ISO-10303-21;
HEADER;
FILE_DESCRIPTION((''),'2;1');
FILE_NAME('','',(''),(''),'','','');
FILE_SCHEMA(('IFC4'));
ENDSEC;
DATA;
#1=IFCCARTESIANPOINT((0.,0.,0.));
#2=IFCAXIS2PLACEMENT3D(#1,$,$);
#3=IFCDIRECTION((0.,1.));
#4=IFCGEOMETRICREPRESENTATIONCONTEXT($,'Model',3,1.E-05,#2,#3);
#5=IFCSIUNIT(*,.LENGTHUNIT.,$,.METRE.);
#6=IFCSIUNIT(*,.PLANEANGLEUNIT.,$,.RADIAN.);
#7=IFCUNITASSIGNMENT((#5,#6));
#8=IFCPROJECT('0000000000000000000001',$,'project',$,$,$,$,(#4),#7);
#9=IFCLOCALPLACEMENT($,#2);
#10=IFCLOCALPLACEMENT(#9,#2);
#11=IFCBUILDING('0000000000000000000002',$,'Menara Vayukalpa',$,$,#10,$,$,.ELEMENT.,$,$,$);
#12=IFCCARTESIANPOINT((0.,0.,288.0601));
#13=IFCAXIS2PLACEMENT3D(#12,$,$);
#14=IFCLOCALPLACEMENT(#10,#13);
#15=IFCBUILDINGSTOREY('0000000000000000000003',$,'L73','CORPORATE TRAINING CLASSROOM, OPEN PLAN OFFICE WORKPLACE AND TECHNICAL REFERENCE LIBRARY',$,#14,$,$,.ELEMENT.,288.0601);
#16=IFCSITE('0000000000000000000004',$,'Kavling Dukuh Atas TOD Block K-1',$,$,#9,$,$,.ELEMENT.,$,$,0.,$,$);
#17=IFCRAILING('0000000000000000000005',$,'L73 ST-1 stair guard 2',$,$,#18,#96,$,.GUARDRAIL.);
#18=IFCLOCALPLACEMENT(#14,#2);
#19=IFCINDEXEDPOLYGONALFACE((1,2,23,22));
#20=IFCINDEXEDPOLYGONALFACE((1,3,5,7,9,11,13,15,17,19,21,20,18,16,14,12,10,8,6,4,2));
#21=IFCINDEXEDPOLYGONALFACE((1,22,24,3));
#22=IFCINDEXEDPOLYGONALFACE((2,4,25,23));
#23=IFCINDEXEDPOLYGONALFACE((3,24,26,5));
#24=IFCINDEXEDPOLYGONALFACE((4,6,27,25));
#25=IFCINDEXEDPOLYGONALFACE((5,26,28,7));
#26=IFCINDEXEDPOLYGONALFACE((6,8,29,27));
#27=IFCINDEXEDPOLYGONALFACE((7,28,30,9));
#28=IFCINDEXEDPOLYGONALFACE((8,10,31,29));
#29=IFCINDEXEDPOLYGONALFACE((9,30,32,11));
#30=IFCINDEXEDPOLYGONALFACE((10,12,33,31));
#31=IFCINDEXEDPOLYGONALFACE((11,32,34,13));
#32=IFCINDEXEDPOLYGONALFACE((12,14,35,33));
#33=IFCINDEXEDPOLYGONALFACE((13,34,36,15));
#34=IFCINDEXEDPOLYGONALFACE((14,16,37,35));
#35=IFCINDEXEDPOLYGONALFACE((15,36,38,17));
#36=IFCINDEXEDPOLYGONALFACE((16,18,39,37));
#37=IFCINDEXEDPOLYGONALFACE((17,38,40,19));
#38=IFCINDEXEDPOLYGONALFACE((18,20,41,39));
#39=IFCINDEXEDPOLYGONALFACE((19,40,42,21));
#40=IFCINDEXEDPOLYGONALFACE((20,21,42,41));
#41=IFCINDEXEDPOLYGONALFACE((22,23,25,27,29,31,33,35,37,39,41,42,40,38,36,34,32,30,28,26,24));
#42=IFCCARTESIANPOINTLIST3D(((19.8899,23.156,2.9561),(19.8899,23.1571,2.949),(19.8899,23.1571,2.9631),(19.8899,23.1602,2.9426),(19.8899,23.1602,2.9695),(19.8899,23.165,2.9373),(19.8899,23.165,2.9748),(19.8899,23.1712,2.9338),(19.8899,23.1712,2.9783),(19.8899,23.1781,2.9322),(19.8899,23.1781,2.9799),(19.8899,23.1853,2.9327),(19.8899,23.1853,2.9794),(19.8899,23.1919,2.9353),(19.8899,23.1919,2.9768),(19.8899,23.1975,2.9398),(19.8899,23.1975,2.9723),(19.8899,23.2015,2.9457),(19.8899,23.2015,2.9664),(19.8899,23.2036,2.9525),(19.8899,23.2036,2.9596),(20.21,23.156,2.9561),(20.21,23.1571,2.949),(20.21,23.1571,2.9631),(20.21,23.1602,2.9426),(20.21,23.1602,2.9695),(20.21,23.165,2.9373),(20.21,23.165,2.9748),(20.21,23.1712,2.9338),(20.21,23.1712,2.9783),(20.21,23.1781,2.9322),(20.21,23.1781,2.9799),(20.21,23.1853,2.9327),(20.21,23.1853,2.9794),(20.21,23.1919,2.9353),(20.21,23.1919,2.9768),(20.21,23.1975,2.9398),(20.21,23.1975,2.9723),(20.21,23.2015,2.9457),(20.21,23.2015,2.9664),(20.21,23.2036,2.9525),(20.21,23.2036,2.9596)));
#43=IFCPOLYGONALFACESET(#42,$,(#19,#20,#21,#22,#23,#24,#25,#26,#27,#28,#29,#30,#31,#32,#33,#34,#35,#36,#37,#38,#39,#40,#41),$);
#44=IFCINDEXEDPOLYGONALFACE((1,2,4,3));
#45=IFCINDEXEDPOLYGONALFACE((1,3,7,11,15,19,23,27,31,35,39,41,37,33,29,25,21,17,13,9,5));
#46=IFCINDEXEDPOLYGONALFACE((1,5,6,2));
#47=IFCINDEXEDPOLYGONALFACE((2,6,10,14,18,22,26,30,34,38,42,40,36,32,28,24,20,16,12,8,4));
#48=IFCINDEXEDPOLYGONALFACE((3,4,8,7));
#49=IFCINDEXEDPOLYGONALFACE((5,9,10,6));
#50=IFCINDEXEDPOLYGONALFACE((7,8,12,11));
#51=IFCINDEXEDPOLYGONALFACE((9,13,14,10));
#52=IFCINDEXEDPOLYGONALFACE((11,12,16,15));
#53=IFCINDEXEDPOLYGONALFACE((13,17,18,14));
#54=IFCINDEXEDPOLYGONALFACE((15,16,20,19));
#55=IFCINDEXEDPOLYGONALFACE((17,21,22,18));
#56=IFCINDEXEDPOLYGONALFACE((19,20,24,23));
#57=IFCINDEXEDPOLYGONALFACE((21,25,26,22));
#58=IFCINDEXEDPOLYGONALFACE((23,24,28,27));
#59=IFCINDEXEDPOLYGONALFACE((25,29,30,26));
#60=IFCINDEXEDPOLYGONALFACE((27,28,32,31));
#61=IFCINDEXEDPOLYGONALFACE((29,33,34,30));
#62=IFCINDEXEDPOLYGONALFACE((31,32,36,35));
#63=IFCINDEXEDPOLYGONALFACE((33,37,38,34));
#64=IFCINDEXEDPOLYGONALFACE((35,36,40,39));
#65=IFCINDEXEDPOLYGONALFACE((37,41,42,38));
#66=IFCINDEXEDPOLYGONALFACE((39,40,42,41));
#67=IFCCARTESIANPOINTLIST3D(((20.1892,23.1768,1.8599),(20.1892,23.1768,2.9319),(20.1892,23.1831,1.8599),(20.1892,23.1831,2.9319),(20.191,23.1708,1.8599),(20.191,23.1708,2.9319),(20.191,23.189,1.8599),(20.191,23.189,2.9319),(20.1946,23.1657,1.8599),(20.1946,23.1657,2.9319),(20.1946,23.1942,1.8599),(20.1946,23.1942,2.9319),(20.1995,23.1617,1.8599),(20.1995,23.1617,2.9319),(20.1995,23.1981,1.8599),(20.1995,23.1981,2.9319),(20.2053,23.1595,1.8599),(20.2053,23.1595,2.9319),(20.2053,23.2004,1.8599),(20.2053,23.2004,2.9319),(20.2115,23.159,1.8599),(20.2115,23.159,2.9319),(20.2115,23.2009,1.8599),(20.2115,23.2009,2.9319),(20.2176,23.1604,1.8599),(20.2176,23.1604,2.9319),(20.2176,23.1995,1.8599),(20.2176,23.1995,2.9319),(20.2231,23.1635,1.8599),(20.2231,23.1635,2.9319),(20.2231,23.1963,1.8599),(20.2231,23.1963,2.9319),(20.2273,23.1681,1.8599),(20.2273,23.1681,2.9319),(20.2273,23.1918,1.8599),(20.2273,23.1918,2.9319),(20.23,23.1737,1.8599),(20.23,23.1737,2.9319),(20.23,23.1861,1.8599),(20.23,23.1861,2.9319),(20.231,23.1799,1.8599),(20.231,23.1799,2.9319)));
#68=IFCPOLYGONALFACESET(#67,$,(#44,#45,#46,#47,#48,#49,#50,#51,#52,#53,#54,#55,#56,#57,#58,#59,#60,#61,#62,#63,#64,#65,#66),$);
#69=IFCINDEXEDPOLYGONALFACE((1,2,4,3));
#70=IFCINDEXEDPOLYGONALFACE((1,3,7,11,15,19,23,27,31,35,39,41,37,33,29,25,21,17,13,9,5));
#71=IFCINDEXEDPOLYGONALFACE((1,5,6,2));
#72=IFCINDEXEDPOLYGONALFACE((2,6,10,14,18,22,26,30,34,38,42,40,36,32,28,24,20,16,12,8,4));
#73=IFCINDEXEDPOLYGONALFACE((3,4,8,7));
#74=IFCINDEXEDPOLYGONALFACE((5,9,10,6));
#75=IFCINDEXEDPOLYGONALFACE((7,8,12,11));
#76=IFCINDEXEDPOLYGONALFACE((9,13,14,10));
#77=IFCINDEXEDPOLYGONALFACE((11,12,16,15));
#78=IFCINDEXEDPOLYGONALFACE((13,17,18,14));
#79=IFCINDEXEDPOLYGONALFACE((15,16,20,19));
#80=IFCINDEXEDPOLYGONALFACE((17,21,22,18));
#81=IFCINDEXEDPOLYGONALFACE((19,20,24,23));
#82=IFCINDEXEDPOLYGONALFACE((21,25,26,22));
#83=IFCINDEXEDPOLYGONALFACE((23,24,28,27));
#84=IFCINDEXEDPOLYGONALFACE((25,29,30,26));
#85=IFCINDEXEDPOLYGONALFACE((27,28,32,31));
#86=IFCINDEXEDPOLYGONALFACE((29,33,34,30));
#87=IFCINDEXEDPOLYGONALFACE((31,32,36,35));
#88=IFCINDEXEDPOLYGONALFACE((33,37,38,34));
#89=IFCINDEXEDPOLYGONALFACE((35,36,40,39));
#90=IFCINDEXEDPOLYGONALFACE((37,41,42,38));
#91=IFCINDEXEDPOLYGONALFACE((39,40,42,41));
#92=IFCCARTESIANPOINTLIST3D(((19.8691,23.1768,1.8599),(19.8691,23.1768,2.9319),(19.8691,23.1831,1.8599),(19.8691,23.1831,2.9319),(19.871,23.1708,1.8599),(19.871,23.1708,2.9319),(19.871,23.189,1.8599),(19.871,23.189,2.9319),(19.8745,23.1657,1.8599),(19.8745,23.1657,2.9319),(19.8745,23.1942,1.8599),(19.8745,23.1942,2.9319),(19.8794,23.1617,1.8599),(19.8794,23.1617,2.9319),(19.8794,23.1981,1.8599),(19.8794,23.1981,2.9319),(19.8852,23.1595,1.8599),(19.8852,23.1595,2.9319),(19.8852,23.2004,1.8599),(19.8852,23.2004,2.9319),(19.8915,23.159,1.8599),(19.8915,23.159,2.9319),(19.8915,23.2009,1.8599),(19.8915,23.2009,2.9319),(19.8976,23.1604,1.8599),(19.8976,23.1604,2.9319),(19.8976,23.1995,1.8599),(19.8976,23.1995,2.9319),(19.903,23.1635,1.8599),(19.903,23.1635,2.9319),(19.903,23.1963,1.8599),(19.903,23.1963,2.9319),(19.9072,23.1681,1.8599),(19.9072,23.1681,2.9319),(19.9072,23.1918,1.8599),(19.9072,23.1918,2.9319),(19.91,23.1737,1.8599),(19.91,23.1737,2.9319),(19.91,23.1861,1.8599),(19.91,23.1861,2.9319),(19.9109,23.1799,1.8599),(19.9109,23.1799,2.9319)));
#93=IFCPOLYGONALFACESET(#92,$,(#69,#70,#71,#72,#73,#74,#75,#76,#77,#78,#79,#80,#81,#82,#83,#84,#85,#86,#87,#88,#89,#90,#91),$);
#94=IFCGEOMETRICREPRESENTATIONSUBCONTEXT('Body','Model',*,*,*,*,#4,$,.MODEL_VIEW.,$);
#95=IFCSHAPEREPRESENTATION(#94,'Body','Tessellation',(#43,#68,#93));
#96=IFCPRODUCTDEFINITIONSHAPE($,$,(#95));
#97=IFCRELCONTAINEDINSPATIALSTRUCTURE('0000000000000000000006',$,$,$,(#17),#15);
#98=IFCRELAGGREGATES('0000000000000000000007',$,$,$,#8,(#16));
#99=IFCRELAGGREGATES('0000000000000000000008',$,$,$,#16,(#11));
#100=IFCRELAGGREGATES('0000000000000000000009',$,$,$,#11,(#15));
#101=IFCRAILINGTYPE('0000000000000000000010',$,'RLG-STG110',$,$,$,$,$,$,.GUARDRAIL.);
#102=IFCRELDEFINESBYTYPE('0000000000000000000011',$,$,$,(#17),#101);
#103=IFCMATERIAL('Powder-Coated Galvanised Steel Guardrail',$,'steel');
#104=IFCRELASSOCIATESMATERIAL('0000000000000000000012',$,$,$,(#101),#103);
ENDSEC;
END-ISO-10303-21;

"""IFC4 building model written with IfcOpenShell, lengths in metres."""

from ifc_helpers import new_model, si_unit, direction, frame, origin, origin_2d, place, context, subcontext, project, spatial, circle, extrude, material, type_object, element, save


model = new_model("IFC4")

# Units and contexts
model_context = context("Model", 3, precision=1e-05, world=origin(), true_north=direction((0.0, 1.0)))
body_context = subcontext(model_context, "Body", "Model", "MODEL_VIEW")
ifc_project = project(units=[si_unit("LENGTHUNIT", "METRE"), si_unit("PLANEANGLEUNIT", "RADIAN")], contexts=[model_context])

# Site, building, storey
site_placement = place(None, origin())
site = spatial("IfcSite", under=ifc_project, at=site_placement, Name="Kavling Dukuh Atas TOD Block K-1", CompositionType="ELEMENT", RefElevation=0.0)
building_placement = place(site_placement, origin())
building = spatial("IfcBuilding", under=site, at=building_placement, Name="Menara Vayukalpa", CompositionType="ELEMENT")
storey_placement = place(building_placement, frame((0.0, 0.0, 288.0601)))
storey = spatial("IfcBuildingStorey", under=building, at=storey_placement, Name="L73", Description="CORPORATE TRAINING CLASSROOM, OPEN PLAN OFFICE WORKPLACE AND TECHNICAL REFERENCE LIBRARY", CompositionType="ELEMENT", Elevation=288.0601)

# Railing
ifc_material_1 = material(Name="Powder-Coated Galvanised Steel Guardrail", Category="steel")
railing_type_1 = type_object("IfcRailingType", Name="RLG-STG110", PredefinedType="GUARDRAIL", material=ifc_material_1)
railing_1_placement = place(storey_placement, frame((20.21, 23.1799, 1.8599)))
element("IfcRailing", 1, at=railing_1_placement, inside=storey, type_object=railing_type_1, Name="L73 ST-1 stair guard 2", PredefinedType="GUARDRAIL", context=body_context, shape_type="SweptSolid", body=[
    extrude(circle(Radius=0.0239, at=origin_2d()), frame((0.0, 0.0, 1.0962), z_axis=(-1.0, 0.0, 0.0), x_axis=(0.0, -1.0, 0.0)), (0.0, 0.0, 1.0), 0.3201),
    extrude(circle(Radius=0.021, at=origin_2d()), origin(), (0.0, 0.0, 1.0), 1.072),
    extrude(circle(Radius=0.021, at=origin_2d()), frame((-0.3201, 0.0, 0.0)), (0.0, 0.0, 1.0), 1.072),
])

save(model, "model.ifc")
